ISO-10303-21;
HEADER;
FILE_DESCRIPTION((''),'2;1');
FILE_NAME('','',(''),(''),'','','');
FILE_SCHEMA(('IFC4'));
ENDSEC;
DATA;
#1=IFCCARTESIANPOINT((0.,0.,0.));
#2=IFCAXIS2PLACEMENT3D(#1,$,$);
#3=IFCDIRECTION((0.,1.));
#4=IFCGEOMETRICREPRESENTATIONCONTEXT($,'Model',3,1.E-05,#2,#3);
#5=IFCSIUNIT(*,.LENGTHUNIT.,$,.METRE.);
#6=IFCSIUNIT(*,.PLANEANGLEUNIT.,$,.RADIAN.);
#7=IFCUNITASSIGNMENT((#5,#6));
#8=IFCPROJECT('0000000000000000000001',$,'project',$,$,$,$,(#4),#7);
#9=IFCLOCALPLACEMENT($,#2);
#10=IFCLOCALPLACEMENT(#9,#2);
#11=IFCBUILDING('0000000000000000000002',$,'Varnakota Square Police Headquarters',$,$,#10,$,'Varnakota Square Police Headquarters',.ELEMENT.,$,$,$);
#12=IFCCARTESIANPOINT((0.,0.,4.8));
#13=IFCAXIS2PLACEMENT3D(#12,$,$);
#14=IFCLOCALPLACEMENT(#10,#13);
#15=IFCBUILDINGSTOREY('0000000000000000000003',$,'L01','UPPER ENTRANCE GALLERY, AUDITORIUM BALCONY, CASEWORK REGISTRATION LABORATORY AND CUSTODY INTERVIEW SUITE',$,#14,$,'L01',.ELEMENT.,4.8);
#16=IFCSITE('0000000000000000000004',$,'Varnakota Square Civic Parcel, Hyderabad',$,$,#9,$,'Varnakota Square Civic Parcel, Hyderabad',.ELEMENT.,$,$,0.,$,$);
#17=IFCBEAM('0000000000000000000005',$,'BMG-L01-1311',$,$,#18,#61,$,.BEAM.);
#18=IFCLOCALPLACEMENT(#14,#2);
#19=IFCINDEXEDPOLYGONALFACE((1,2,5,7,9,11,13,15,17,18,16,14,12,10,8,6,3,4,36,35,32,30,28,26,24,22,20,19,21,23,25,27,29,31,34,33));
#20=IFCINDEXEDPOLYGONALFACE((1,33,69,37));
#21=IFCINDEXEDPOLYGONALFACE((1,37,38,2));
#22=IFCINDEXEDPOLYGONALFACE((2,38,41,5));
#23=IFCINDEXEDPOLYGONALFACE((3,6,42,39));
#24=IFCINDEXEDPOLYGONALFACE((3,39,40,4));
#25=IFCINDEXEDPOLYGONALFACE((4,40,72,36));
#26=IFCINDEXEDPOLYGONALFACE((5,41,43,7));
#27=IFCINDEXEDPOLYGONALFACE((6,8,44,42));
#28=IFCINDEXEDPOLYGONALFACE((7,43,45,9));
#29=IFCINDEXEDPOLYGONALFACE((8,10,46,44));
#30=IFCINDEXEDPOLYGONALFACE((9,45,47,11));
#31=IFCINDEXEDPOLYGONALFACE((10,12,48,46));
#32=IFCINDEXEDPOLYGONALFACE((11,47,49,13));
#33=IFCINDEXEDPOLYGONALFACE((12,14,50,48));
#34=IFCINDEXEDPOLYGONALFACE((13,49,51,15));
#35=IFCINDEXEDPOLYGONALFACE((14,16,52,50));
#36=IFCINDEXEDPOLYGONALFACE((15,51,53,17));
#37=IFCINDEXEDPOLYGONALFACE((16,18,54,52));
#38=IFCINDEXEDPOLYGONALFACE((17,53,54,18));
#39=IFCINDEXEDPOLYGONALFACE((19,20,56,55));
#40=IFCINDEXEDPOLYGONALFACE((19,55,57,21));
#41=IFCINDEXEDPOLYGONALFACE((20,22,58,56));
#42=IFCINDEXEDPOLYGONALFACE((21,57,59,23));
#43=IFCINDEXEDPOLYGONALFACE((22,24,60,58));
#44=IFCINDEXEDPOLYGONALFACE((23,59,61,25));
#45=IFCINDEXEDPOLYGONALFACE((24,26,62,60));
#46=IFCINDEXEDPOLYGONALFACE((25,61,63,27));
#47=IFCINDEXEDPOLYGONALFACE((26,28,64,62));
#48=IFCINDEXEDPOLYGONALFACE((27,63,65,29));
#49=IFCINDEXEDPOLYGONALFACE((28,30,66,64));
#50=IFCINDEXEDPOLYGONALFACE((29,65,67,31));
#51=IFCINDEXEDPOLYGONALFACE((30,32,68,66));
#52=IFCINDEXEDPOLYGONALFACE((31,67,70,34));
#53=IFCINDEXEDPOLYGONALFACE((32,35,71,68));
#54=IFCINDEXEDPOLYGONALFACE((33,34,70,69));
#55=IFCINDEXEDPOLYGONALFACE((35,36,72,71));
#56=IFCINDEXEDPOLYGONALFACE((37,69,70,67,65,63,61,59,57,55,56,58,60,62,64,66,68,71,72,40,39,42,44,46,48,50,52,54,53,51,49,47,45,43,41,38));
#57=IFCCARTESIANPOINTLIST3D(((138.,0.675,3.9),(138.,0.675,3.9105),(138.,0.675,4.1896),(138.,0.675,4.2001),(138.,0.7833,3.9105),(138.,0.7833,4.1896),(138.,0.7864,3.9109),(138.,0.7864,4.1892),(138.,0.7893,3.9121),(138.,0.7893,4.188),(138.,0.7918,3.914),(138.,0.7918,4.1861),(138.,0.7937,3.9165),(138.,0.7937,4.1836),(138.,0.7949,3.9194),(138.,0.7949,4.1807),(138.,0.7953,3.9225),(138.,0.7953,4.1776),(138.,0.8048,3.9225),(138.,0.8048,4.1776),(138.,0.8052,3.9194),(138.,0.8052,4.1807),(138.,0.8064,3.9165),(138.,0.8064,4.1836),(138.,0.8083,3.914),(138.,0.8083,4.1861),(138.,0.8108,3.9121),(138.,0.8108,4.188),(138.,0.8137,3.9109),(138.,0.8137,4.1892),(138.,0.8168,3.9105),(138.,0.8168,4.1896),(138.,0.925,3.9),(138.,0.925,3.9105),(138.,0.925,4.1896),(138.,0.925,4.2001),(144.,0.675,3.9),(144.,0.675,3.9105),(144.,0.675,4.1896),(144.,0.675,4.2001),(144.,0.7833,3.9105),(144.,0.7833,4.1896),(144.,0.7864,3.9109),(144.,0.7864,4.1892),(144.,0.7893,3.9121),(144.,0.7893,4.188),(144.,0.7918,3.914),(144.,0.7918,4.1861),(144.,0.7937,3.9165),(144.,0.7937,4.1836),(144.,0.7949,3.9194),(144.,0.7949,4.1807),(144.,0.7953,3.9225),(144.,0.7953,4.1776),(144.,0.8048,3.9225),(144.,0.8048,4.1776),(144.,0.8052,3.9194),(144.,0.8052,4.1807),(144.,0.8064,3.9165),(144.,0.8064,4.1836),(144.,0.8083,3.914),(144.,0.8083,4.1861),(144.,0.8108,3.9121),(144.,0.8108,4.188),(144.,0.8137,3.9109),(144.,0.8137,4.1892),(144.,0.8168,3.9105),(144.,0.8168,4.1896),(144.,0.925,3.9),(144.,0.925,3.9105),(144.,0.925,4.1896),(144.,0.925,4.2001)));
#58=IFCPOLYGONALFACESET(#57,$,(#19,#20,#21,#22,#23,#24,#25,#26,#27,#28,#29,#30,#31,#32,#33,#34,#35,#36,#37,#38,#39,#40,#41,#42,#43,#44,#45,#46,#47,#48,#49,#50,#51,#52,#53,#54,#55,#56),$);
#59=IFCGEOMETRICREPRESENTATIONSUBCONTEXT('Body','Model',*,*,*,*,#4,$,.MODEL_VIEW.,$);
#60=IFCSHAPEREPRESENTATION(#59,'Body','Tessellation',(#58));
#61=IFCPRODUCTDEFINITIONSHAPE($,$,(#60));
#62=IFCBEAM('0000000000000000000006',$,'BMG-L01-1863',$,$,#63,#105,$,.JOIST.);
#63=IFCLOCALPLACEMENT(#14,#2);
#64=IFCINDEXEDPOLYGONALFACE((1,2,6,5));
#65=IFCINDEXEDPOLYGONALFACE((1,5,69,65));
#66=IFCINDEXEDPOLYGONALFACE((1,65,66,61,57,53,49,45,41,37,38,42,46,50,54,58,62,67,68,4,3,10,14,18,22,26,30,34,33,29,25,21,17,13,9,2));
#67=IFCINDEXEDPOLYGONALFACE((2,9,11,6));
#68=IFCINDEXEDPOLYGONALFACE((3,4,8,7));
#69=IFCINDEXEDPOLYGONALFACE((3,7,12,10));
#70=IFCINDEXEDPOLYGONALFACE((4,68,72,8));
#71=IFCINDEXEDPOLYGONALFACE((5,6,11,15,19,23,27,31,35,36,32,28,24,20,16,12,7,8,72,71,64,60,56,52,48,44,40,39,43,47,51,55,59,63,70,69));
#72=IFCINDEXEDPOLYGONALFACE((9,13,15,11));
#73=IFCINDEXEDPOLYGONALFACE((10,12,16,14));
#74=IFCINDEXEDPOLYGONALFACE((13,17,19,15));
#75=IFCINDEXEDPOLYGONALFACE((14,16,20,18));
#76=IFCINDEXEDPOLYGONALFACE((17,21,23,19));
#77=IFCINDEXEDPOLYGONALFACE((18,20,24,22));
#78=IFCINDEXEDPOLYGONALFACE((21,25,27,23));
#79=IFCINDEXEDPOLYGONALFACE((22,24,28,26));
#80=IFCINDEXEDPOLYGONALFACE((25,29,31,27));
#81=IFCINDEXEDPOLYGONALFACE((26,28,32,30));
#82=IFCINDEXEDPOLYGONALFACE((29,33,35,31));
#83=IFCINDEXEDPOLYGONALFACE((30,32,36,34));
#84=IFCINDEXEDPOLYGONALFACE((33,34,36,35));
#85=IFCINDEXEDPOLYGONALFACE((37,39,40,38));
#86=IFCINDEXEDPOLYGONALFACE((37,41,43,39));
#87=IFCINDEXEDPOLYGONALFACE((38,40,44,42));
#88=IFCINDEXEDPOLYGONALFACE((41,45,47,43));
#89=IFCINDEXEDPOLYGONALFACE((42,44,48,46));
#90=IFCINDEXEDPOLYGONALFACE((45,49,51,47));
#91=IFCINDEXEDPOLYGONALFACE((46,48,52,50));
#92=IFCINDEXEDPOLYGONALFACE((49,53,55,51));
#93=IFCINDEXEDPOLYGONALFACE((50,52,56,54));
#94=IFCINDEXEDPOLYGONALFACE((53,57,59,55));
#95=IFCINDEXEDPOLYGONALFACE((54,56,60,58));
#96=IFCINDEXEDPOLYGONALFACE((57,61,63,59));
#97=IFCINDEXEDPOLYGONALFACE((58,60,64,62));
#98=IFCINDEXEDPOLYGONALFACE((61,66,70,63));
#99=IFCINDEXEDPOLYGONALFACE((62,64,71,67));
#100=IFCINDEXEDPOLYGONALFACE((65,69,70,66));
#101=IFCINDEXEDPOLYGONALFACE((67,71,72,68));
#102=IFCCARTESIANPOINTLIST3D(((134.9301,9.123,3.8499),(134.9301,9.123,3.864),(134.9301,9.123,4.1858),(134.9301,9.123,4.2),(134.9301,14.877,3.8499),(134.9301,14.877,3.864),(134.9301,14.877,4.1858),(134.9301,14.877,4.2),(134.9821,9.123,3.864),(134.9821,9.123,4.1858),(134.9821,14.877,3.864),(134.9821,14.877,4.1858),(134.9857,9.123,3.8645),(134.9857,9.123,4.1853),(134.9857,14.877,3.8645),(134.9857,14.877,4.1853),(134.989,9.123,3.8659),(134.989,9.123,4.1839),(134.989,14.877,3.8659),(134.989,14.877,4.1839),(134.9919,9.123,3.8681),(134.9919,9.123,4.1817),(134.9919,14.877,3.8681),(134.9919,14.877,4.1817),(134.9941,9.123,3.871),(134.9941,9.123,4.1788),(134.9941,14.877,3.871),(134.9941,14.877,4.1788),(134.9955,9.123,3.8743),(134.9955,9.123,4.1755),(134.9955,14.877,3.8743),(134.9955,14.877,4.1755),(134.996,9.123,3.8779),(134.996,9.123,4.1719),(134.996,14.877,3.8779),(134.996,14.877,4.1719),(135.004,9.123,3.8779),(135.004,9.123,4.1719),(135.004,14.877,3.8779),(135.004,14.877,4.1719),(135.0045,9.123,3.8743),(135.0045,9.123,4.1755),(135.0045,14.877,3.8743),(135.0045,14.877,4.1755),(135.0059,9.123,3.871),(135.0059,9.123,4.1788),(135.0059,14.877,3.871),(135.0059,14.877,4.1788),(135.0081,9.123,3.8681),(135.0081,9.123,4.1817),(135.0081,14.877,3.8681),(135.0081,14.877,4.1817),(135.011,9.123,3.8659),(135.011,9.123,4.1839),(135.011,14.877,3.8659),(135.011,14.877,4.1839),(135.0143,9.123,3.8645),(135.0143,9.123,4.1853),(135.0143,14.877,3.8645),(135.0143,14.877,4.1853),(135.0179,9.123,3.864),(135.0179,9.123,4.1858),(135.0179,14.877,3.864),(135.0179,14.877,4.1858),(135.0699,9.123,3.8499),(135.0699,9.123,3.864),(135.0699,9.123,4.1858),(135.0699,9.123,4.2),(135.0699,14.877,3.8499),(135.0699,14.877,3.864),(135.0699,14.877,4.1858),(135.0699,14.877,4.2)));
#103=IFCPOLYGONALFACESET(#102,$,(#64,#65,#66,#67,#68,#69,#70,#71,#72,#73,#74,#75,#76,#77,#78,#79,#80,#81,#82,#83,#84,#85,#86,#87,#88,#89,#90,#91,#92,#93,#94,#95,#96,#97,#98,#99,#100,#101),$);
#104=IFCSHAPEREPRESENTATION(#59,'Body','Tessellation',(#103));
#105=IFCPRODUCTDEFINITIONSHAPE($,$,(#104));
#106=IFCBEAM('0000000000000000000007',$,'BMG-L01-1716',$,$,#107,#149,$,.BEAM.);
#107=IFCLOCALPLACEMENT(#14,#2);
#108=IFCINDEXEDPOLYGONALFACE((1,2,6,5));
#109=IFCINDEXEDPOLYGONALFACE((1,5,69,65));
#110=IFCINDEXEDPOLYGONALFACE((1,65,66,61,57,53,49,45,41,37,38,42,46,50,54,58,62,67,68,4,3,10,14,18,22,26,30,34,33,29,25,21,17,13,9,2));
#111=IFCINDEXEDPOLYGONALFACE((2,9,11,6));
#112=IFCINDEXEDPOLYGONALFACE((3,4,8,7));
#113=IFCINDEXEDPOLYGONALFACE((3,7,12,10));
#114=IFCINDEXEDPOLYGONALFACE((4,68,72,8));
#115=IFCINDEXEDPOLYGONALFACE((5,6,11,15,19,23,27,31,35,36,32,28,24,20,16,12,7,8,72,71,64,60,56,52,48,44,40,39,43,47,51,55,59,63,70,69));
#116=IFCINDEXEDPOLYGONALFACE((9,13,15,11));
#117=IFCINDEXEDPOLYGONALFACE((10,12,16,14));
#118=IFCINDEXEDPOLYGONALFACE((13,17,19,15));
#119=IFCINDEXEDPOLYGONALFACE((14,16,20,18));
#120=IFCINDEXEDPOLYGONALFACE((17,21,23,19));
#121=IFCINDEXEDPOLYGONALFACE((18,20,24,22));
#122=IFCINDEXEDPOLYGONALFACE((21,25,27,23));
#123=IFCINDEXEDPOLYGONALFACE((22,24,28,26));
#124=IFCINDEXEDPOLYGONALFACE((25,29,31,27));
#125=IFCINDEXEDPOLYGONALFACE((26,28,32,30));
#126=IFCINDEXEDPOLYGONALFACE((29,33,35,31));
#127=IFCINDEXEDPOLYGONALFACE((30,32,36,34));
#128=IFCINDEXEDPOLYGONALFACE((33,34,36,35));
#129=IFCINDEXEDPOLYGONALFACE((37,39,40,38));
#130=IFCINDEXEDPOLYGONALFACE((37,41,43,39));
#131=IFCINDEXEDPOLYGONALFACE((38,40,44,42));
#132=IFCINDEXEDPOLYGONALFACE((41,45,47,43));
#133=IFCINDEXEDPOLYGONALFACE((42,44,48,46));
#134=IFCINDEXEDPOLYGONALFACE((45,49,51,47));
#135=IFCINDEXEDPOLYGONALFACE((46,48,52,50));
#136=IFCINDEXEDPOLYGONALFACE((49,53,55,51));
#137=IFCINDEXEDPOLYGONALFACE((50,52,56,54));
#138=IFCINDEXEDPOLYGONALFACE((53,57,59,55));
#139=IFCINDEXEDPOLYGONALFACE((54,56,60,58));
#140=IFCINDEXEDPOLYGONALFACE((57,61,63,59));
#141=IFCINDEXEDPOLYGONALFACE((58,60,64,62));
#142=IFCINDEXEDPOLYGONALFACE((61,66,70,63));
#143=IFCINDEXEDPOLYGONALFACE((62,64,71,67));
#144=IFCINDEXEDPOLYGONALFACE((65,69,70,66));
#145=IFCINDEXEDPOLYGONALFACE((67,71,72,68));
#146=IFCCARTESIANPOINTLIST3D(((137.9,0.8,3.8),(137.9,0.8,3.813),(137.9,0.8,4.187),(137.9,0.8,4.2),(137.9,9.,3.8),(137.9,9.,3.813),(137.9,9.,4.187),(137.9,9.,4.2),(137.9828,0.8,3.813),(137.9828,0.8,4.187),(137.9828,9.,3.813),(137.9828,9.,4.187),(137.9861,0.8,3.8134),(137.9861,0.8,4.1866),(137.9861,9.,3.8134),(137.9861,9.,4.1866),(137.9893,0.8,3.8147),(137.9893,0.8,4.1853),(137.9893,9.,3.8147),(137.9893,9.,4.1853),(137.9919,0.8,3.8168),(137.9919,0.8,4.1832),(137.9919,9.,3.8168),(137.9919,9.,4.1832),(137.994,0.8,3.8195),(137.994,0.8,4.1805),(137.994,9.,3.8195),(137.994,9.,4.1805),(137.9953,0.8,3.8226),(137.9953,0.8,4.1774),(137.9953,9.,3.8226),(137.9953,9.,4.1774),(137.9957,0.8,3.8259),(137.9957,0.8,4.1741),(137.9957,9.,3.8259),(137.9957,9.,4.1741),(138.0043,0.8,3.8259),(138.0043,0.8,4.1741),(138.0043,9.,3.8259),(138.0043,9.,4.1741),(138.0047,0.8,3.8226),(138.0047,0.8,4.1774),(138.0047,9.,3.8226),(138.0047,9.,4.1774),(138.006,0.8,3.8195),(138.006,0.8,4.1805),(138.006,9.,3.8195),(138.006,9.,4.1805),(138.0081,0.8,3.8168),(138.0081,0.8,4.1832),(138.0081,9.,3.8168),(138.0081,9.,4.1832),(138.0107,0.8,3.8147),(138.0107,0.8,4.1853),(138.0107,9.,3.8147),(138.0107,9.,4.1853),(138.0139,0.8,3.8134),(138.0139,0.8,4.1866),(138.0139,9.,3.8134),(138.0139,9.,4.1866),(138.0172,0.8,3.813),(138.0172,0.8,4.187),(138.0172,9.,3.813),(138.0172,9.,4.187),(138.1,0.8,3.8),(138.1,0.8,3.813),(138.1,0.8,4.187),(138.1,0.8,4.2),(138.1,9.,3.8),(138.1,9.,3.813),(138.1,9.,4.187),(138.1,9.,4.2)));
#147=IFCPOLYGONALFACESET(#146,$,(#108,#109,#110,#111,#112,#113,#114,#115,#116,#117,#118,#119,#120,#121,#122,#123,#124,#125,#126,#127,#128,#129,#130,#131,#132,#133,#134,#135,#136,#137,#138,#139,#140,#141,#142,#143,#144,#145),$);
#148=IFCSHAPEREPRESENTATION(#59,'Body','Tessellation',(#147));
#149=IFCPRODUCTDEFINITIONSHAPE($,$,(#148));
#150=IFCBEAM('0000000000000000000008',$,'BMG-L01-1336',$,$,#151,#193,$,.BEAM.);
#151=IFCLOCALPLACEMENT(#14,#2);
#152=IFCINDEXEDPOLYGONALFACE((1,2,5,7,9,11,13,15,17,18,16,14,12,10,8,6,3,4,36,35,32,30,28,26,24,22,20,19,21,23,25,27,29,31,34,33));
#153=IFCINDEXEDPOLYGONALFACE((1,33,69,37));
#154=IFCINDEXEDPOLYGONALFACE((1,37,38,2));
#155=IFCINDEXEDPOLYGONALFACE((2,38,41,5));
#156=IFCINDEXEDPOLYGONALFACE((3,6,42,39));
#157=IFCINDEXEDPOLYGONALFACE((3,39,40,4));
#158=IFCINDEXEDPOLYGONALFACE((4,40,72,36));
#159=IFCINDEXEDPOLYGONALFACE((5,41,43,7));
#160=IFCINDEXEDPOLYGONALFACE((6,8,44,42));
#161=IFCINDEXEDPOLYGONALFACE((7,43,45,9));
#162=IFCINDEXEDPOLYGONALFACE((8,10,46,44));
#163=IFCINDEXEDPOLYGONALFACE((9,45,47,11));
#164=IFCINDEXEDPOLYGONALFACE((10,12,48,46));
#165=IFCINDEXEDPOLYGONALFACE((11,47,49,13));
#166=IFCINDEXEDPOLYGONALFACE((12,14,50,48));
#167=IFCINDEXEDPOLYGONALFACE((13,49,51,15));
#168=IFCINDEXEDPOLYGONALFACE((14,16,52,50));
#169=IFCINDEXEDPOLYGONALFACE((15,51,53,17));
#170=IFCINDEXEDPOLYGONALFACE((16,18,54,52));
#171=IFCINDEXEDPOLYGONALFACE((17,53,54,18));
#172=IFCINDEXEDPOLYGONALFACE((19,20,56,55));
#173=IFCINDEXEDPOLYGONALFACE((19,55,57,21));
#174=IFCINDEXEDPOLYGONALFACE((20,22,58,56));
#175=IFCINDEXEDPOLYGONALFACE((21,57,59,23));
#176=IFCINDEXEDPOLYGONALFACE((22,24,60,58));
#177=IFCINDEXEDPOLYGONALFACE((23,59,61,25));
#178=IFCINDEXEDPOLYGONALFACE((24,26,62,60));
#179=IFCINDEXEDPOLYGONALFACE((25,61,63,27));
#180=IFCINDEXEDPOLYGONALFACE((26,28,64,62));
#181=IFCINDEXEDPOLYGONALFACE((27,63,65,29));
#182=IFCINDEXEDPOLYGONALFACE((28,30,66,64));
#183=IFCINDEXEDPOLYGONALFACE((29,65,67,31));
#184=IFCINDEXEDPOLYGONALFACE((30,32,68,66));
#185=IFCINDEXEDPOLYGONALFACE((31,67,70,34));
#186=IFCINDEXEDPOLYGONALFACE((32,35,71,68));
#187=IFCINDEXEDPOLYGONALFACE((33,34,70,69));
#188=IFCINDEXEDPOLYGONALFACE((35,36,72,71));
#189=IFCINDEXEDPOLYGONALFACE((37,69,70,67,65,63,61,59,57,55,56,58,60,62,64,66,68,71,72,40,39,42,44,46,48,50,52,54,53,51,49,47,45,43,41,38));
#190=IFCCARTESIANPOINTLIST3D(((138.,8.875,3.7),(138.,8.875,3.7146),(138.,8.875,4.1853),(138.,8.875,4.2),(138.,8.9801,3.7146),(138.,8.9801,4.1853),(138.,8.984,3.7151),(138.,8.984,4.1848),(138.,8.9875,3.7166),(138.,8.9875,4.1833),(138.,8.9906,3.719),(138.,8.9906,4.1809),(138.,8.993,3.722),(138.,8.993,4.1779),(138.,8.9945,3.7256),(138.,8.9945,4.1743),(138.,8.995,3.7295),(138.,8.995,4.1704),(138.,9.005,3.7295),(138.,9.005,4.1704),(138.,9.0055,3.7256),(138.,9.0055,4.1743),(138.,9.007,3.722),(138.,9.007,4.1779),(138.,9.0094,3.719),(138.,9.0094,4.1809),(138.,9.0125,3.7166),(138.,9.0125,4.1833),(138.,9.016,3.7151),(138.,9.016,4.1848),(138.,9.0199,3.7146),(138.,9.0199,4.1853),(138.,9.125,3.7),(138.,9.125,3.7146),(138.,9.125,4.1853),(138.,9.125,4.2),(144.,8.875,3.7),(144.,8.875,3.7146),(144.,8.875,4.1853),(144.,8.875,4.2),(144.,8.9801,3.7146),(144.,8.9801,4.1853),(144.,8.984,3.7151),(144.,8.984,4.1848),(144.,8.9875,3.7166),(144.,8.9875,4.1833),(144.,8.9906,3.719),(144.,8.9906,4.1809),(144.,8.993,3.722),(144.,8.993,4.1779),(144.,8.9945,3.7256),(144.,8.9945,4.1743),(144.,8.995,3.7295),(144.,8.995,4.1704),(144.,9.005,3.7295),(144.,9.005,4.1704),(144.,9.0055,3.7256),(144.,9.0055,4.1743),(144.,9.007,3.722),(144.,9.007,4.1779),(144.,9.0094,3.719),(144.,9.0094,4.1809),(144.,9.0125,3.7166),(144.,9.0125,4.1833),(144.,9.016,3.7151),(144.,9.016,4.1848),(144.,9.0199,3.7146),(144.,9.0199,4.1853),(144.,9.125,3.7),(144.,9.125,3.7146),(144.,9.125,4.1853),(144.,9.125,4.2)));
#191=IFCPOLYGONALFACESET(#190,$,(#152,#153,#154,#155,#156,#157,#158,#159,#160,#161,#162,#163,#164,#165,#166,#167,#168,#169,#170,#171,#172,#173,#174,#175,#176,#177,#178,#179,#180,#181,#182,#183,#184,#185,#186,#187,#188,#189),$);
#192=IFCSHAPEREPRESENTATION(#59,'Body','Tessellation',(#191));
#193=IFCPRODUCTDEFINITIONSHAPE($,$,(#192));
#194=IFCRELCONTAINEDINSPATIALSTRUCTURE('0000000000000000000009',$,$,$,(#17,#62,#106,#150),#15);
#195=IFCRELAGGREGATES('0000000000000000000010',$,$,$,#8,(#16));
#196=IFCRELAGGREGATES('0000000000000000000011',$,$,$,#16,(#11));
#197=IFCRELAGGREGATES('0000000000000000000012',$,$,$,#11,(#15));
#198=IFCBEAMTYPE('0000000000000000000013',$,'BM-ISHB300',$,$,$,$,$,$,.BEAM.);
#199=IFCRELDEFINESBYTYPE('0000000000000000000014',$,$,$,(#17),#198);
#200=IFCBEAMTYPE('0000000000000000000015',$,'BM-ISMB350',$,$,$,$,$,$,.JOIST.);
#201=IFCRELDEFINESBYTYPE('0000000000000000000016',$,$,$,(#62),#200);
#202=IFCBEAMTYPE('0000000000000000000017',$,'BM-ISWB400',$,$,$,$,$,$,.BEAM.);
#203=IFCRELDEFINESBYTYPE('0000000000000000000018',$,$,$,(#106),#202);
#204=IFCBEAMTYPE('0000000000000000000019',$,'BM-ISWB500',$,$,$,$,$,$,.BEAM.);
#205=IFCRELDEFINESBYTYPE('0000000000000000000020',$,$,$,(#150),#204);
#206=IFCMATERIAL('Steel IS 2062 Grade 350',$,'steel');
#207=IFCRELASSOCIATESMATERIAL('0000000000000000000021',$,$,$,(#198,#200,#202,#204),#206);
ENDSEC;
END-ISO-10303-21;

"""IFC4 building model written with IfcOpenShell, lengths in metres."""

from ifc_helpers import new_model, si_unit, direction, frame, origin, origin_2d, place, context, subcontext, project, spatial, i_section, extrude, material, material_profile, profile_set, type_object, element, save


model = new_model("IFC4")

# Units and contexts
model_context = context("Model", 3, precision=1e-05, world=origin(), true_north=direction((0.0, 1.0)))
body_context = subcontext(model_context, "Body", "Model", "MODEL_VIEW")
ifc_project = project(units=[si_unit("LENGTHUNIT", "METRE"), si_unit("PLANEANGLEUNIT", "RADIAN")], contexts=[model_context])

# Site, building, storey
site_placement = place(None, origin())
site = spatial("IfcSite", under=ifc_project, at=site_placement, Name="Varnakota Square Civic Parcel, Hyderabad", LongName="Varnakota Square Civic Parcel, Hyderabad", CompositionType="ELEMENT", RefElevation=0.0)
building_placement = place(site_placement, origin())
building = spatial("IfcBuilding", under=site, at=building_placement, Name="Varnakota Square Police Headquarters", LongName="Varnakota Square Police Headquarters", CompositionType="ELEMENT")
storey_placement = place(building_placement, frame((0.0, 0.0, 4.8)))
storey = spatial("IfcBuildingStorey", under=building, at=storey_placement, Name="L01", Description="UPPER ENTRANCE GALLERY, AUDITORIUM BALCONY, CASEWORK REGISTRATION LABORATORY AND CUSTODY INTERVIEW SUITE", LongName="L01", CompositionType="ELEMENT", Elevation=4.8)

# Shared definitions
ifc_material_1 = material(Name="Steel IS 2062 Grade 350", Category="steel")

# Beams
ifc_material_profile_1 = material_profile(ifc_material_1, i_section(OverallWidth=0.25, OverallDepth=0.3, WebThickness=0.0095, FlangeThickness=0.0105, FilletRadius=0.012, at=origin_2d()), Name="ISHB 300")
ifc_profile_set_1 = profile_set([ifc_material_profile_1], Name="Steel IS 2062 Grade 350")
beam_type_1 = type_object("IfcBeamType", Name="BM-ISHB300", PredefinedType="BEAM", material=ifc_profile_set_1)
beam_1_placement = place(storey_placement, frame((138.0, 0.8, 4.05), z_axis=(1.0, 0.0, 0.0), x_axis=(0.0, 1.0, 0.0)))
element("IfcBeam", 1, at=beam_1_placement, inside=storey, type_object=beam_type_1, Name="BMG-L01-1311", PredefinedType="BEAM", context=body_context, shape_type="SweptSolid", body=[
    extrude(i_section(OverallWidth=0.25, OverallDepth=0.3, WebThickness=0.0095, FlangeThickness=0.0105, FilletRadius=0.012, at=origin_2d()), origin(), (0.0, 0.0, 1.0), 6.0),
])
ifc_material_profile_2 = material_profile(ifc_material_1, i_section(OverallWidth=0.1399, OverallDepth=0.3501, WebThickness=0.0081, FlangeThickness=0.0142, FilletRadius=0.0139, at=origin_2d()), Name="ISMB 350")
ifc_profile_set_2 = profile_set([ifc_material_profile_2], Name="Steel IS 2062 Grade 350")
beam_type_2 = type_object("IfcBeamType", Name="BM-ISMB350", PredefinedType="JOIST", material=ifc_profile_set_2)
beam_2_placement = place(storey_placement, frame((135.0, 9.123, 4.0249), z_axis=(0.0, 1.0, 0.0), x_axis=(-1.0, 0.0, 0.0)))
element("IfcBeam", 2, at=beam_2_placement, inside=storey, type_object=beam_type_2, Name="BMG-L01-1863", PredefinedType="JOIST", context=body_context, shape_type="SweptSolid", body=[
    extrude(i_section(OverallWidth=0.1399, OverallDepth=0.3501, WebThickness=0.0081, FlangeThickness=0.0142, FilletRadius=0.0139, at=origin_2d()), origin(), (0.0, 0.0, 1.0), 5.7539),
])
ifc_material_profile_3 = material_profile(ifc_material_1, i_section(OverallWidth=0.2, OverallDepth=0.3999, WebThickness=0.0085, FlangeThickness=0.0129, FilletRadius=0.0129, at=origin_2d()), Name="ISWB 400")
ifc_profile_set_3 = profile_set([ifc_material_profile_3], Name="Steel IS 2062 Grade 350")
beam_type_3 = type_object("IfcBeamType", Name="BM-ISWB400", PredefinedType="BEAM", material=ifc_profile_set_3)
beam_3_placement = place(storey_placement, frame((138.0, 0.8, 4.0), z_axis=(0.0, 1.0, 0.0), x_axis=(-1.0, 0.0, 0.0)))
element("IfcBeam", 3, at=beam_3_placement, inside=storey, type_object=beam_type_3, Name="BMG-L01-1716", PredefinedType="BEAM", context=body_context, shape_type="SweptSolid", body=[
    extrude(i_section(OverallWidth=0.2, OverallDepth=0.3999, WebThickness=0.0085, FlangeThickness=0.0129, FilletRadius=0.0129, at=origin_2d()), origin(), (0.0, 0.0, 1.0), 8.2),
])
ifc_material_profile_4 = material_profile(ifc_material_1, i_section(OverallWidth=0.25, OverallDepth=0.5, WebThickness=0.01, FlangeThickness=0.0146, FilletRadius=0.0149, at=origin_2d()), Name="ISWB 500")
ifc_profile_set_4 = profile_set([ifc_material_profile_4], Name="Steel IS 2062 Grade 350")
beam_type_4 = type_object("IfcBeamType", Name="BM-ISWB500", PredefinedType="BEAM", material=ifc_profile_set_4)
beam_4_placement = place(storey_placement, frame((138.0, 9.0, 3.95), z_axis=(1.0, 0.0, 0.0), x_axis=(0.0, 1.0, 0.0)))
element("IfcBeam", 4, at=beam_4_placement, inside=storey, type_object=beam_type_4, Name="BMG-L01-1336", PredefinedType="BEAM", context=body_context, shape_type="SweptSolid", body=[
    extrude(i_section(OverallWidth=0.25, OverallDepth=0.5, WebThickness=0.01, FlangeThickness=0.0146, FilletRadius=0.0149, at=origin_2d()), origin(), (0.0, 0.0, 1.0), 6.0),
])

save(model, "model.ifc")
